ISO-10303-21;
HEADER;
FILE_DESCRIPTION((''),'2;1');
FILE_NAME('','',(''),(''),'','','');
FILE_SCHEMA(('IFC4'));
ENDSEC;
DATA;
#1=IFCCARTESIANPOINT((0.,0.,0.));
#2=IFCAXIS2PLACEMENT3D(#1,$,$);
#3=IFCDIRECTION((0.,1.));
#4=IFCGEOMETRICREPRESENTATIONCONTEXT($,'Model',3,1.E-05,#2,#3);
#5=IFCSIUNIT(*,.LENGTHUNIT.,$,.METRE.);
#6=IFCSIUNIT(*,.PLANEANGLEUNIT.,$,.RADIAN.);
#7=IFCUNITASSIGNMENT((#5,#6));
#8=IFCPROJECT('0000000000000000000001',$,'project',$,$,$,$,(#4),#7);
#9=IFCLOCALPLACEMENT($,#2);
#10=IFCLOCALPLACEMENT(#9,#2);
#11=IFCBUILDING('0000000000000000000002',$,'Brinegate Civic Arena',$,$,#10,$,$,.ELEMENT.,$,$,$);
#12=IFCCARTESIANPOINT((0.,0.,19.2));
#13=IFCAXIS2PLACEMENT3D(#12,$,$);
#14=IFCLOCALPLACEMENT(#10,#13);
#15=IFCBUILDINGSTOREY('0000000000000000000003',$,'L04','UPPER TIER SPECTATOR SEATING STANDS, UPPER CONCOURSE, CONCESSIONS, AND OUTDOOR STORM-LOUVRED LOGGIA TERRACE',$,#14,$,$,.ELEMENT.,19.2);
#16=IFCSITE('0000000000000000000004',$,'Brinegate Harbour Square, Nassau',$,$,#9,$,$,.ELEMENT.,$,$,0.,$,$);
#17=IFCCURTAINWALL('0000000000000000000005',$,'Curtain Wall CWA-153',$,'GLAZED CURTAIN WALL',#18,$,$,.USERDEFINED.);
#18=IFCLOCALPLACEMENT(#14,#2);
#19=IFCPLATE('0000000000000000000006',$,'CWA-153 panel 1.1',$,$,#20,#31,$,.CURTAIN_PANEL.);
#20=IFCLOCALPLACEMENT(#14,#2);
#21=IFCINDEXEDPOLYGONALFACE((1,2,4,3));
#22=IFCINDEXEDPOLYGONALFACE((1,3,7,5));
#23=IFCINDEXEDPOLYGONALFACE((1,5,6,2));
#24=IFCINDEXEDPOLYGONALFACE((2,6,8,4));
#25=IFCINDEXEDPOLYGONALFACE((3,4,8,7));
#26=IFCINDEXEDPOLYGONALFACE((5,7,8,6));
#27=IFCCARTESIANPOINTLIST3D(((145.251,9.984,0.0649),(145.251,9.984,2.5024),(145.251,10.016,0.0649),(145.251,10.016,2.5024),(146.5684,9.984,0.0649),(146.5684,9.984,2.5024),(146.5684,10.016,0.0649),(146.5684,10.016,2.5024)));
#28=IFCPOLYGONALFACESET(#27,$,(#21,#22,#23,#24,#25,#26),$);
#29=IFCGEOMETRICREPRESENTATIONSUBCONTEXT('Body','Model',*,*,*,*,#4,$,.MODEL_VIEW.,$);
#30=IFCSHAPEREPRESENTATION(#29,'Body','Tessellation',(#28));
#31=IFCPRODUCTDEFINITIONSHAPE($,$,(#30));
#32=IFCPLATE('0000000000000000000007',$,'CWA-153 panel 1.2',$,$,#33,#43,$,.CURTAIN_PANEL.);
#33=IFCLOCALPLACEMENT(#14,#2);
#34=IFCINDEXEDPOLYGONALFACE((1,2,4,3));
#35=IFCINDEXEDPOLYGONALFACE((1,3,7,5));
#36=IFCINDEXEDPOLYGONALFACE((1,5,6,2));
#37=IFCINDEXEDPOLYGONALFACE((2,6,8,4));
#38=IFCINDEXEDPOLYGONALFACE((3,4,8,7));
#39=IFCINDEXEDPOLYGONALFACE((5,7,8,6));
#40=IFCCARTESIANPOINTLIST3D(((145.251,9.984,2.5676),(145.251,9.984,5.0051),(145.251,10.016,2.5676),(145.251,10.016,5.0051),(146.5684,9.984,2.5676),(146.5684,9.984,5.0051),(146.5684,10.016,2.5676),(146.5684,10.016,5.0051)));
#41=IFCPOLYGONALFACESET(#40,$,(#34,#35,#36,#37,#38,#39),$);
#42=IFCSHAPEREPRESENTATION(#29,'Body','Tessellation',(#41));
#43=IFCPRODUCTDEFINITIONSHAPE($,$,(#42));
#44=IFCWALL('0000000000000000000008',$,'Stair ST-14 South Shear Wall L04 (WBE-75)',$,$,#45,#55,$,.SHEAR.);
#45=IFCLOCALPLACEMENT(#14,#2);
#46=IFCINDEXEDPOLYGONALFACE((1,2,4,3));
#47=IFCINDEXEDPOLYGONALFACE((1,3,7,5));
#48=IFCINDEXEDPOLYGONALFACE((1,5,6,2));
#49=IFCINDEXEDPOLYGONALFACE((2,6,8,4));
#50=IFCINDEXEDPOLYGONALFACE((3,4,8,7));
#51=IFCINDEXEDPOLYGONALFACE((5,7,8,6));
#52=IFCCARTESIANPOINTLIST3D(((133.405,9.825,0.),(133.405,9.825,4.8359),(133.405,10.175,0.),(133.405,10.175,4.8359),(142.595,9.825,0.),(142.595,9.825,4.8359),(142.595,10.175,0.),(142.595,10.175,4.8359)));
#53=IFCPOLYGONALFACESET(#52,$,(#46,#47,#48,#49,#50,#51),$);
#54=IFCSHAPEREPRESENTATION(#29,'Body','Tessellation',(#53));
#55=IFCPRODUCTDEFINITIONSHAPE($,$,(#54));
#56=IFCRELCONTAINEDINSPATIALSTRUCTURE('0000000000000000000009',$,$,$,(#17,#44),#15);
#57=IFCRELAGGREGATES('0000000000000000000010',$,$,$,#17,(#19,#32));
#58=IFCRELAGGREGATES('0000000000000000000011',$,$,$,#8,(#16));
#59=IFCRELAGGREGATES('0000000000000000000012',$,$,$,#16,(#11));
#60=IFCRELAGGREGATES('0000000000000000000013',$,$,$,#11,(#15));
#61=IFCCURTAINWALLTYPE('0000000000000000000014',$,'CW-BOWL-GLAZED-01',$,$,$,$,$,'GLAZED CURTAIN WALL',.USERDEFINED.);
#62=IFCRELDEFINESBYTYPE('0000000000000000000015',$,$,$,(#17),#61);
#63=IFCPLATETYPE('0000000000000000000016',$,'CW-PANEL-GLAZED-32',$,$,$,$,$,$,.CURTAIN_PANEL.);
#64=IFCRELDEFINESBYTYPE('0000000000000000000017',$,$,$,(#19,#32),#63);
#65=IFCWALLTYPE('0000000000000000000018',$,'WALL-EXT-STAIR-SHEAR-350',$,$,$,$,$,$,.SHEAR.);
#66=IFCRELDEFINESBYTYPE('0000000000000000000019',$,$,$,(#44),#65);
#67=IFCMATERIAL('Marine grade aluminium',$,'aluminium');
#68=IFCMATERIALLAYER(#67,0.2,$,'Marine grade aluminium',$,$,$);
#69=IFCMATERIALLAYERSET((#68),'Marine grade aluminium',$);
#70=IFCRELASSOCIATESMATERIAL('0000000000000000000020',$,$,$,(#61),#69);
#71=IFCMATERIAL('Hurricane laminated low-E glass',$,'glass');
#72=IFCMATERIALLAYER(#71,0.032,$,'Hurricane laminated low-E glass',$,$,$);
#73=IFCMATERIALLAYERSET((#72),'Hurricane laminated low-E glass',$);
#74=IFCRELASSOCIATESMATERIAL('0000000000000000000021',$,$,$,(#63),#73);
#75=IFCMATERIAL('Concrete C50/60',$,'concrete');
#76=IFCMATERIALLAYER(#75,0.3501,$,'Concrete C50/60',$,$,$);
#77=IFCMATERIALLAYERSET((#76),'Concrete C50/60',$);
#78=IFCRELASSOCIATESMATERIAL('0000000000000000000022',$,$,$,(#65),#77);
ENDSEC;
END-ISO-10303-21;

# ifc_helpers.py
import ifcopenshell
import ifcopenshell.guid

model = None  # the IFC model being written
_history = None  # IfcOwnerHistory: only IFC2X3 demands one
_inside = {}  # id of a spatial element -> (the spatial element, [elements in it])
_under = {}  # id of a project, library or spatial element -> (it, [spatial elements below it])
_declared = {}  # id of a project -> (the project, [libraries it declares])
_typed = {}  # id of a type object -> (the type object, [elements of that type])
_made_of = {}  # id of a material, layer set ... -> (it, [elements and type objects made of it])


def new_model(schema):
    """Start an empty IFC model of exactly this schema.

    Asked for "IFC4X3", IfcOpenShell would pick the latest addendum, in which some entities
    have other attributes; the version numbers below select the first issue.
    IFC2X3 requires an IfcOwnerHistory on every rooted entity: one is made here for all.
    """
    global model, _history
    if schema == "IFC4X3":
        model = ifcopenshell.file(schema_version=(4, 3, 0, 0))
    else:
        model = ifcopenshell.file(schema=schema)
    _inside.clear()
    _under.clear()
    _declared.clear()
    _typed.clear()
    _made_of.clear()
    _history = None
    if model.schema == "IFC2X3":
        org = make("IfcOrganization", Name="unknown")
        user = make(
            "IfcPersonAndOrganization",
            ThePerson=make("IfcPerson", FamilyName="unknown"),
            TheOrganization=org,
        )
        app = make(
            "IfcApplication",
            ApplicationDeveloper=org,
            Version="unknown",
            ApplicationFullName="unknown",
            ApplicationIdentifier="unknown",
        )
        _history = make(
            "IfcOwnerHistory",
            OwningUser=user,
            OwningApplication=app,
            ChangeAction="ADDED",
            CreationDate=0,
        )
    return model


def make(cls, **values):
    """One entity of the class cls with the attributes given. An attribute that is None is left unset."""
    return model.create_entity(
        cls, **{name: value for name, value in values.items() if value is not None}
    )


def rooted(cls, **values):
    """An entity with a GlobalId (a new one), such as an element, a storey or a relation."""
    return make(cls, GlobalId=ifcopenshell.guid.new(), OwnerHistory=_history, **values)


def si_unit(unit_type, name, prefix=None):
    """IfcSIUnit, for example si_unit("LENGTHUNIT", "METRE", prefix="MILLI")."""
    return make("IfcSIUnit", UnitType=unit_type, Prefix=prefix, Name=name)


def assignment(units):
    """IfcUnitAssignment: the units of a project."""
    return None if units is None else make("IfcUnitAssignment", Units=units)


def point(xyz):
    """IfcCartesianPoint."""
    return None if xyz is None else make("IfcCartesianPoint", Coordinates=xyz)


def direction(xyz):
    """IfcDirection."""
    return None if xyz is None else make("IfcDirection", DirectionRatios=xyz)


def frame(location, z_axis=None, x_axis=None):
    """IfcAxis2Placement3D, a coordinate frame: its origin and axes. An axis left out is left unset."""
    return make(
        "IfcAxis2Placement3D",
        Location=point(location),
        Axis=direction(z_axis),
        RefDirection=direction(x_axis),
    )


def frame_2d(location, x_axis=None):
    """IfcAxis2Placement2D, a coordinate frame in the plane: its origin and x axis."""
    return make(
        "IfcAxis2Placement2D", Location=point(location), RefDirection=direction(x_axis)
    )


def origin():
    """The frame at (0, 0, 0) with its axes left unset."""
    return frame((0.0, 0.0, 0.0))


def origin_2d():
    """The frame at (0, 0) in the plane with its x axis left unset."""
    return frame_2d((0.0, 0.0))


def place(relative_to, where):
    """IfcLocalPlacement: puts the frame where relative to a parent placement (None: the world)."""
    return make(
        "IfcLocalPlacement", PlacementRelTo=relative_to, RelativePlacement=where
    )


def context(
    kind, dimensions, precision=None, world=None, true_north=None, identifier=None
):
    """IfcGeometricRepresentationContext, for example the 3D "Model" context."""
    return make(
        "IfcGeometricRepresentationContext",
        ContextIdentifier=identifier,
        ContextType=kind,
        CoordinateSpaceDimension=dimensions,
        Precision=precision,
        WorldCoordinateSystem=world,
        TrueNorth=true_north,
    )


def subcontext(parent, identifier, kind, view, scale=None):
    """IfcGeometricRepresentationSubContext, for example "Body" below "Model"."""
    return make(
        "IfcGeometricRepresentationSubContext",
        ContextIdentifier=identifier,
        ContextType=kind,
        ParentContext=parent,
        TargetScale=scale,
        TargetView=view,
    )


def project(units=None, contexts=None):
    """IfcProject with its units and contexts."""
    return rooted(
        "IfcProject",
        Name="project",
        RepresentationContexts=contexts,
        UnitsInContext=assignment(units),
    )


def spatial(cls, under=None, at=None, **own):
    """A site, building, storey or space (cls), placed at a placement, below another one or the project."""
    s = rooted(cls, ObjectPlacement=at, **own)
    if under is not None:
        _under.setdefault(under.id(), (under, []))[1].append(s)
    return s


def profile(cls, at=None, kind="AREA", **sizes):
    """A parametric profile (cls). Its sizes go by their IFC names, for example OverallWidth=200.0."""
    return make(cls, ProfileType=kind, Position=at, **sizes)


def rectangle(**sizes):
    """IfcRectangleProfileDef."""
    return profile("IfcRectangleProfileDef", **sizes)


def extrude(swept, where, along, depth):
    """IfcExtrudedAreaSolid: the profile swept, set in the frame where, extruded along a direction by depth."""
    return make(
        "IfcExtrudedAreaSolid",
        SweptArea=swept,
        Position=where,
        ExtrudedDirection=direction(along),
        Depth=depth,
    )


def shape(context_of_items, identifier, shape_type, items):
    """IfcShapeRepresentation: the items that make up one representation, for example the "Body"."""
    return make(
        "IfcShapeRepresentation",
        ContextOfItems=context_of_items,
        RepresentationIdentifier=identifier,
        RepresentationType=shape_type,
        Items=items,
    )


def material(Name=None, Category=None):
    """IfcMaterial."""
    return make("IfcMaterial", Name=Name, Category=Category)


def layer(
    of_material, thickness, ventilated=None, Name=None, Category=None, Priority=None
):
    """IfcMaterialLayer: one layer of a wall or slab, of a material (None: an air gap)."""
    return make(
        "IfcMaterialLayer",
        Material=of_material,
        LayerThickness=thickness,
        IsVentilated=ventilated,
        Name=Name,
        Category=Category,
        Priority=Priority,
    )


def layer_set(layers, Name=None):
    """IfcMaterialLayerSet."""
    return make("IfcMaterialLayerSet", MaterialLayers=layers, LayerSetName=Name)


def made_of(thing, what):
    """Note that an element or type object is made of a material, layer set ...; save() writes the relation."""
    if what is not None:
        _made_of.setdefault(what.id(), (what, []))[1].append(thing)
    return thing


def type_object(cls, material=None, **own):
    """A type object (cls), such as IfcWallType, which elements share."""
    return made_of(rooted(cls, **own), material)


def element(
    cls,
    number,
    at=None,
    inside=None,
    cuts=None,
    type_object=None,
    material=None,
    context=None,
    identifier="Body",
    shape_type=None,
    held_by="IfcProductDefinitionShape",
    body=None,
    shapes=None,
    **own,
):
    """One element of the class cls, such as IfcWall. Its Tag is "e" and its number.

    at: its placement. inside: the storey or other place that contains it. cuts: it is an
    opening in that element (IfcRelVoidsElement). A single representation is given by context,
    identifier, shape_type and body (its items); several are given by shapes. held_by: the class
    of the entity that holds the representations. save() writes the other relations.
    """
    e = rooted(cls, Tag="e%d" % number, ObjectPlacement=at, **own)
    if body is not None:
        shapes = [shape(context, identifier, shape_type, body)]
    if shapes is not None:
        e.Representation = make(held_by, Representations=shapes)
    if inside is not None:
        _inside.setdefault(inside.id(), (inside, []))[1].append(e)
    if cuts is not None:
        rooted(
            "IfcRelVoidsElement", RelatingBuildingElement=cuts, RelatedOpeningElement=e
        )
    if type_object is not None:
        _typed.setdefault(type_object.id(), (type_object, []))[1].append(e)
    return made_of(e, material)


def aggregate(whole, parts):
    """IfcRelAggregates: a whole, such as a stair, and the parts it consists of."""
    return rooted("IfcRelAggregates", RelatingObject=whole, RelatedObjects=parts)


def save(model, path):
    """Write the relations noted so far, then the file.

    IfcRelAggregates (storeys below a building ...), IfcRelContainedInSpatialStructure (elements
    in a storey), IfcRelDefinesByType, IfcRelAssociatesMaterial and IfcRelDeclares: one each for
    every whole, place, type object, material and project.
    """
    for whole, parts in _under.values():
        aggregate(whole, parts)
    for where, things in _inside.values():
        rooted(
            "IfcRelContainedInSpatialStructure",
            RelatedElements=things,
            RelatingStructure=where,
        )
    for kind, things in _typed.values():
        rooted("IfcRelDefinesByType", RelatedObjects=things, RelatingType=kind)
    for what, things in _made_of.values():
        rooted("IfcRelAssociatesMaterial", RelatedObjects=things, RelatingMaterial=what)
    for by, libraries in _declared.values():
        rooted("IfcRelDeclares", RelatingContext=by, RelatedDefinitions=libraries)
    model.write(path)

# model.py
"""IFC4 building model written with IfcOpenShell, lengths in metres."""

from ifc_helpers import new_model, si_unit, direction, frame, frame_2d, origin, origin_2d, place, context, subcontext, project, spatial, rectangle, extrude, material, layer, layer_set, type_object, element, aggregate, save


model = new_model("IFC4")

# Units and contexts
model_context = context("Model", 3, precision=1e-05, world=origin(), true_north=direction((0.0, 1.0)))
body_context = subcontext(model_context, "Body", "Model", "MODEL_VIEW")
ifc_project = project(units=[si_unit("LENGTHUNIT", "METRE"), si_unit("PLANEANGLEUNIT", "RADIAN")], contexts=[model_context])

# Site, building, storey
site_placement = place(None, origin())
site = spatial("IfcSite", under=ifc_project, at=site_placement, Name="Brinegate Harbour Square, Nassau", CompositionType="ELEMENT", RefElevation=0.0)
building_placement = place(site_placement, origin())
building = spatial("IfcBuilding", under=site, at=building_placement, Name="Brinegate Civic Arena", CompositionType="ELEMENT")
storey_placement = place(building_placement, frame((0.0, 0.0, 19.2)))
storey = spatial("IfcBuildingStorey", under=building, at=storey_placement, Name="L04", Description="UPPER TIER SPECTATOR SEATING STANDS, UPPER CONCOURSE, CONCESSIONS, AND OUTDOOR STORM-LOUVRED LOGGIA TERRACE", CompositionType="ELEMENT", Elevation=19.2)

# Shared definitions
ifc_material_1 = material(Name="Concrete C50/60", Category="concrete")

# Curtain wall
ifc_material_2 = material(Name="Marine grade aluminium", Category="aluminium")
ifc_layer_1 = layer(ifc_material_2, 0.2, Name="Marine grade aluminium")
ifc_layer_set_1 = layer_set([ifc_layer_1], Name="Marine grade aluminium")
curtain_wall_type_1 = type_object("IfcCurtainWallType", Name="CW-BOWL-GLAZED-01", ElementType="GLAZED CURTAIN WALL", PredefinedType="USERDEFINED", material=ifc_layer_set_1)
curtain_wall_1_placement = place(storey_placement, origin())
curtain_wall_1 = element("IfcCurtainWall", 1, at=curtain_wall_1_placement, inside=storey, type_object=curtain_wall_type_1, Name="Curtain Wall CWA-153", ObjectType="GLAZED CURTAIN WALL", PredefinedType="USERDEFINED")

# Plates
ifc_material_3 = material(Name="Hurricane laminated low-E glass", Category="glass")
ifc_layer_2 = layer(ifc_material_3, 0.032, Name="Hurricane laminated low-E glass")
ifc_layer_set_2 = layer_set([ifc_layer_2], Name="Hurricane laminated low-E glass")
plate_type = type_object("IfcPlateType", Name="CW-PANEL-GLAZED-32", PredefinedType="CURTAIN_PANEL", material=ifc_layer_set_2)
plate_1_placement = place(storey_placement, frame((145.9097, 10.0, 0.0649), z_axis=(0.0, 0.0, 1.0), x_axis=(1.0, 0.0, 0.0)))
plate_1 = element("IfcPlate", 2, at=plate_1_placement, type_object=plate_type, Name="CWA-153 panel 1.1", PredefinedType="CURTAIN_PANEL", context=body_context, shape_type="SweptSolid", body=[
    extrude(rectangle(XDim=1.3174, YDim=0.032, at=origin_2d()), origin(), (0.0, 0.0, 1.0), 2.4375),
])
plate_2_placement = place(storey_placement, frame((145.9097, 10.0, 2.5676), z_axis=(0.0, 0.0, 1.0), x_axis=(1.0, 0.0, 0.0)))
plate_2 = element("IfcPlate", 3, at=plate_2_placement, type_object=plate_type, Name="CWA-153 panel 1.2", PredefinedType="CURTAIN_PANEL", context=body_context, shape_type="SweptSolid", body=[
    extrude(rectangle(XDim=1.3174, YDim=0.032, at=origin_2d()), origin(), (0.0, 0.0, 1.0), 2.4375),
])
aggregate(curtain_wall_1, [plate_1, plate_2])

# Wall
ifc_layer_3 = layer(ifc_material_1, 0.3501, Name="Concrete C50/60")
ifc_layer_set_3 = layer_set([ifc_layer_3], Name="Concrete C50/60")
wall_type = type_object("IfcWallType", Name="WALL-EXT-STAIR-SHEAR-350", PredefinedType="SHEAR", material=ifc_layer_set_3)
wall_placement = place(storey_placement, frame((133.405, 10.0, 0.0), z_axis=(0.0, 0.0, 1.0), x_axis=(1.0, 0.0, 0.0)))
element("IfcWall", 4, at=wall_placement, inside=storey, type_object=wall_type, Name="Stair ST-14 South Shear Wall L04 (WBE-75)", PredefinedType="SHEAR", context=body_context, shape_type="SweptSolid", body=[
    extrude(rectangle(XDim=9.1899, YDim=0.3501, at=frame_2d((4.595, 0.0))), origin(), (0.0, 0.0, 1.0), 4.8359),
])

save(model, "model.ifc")
